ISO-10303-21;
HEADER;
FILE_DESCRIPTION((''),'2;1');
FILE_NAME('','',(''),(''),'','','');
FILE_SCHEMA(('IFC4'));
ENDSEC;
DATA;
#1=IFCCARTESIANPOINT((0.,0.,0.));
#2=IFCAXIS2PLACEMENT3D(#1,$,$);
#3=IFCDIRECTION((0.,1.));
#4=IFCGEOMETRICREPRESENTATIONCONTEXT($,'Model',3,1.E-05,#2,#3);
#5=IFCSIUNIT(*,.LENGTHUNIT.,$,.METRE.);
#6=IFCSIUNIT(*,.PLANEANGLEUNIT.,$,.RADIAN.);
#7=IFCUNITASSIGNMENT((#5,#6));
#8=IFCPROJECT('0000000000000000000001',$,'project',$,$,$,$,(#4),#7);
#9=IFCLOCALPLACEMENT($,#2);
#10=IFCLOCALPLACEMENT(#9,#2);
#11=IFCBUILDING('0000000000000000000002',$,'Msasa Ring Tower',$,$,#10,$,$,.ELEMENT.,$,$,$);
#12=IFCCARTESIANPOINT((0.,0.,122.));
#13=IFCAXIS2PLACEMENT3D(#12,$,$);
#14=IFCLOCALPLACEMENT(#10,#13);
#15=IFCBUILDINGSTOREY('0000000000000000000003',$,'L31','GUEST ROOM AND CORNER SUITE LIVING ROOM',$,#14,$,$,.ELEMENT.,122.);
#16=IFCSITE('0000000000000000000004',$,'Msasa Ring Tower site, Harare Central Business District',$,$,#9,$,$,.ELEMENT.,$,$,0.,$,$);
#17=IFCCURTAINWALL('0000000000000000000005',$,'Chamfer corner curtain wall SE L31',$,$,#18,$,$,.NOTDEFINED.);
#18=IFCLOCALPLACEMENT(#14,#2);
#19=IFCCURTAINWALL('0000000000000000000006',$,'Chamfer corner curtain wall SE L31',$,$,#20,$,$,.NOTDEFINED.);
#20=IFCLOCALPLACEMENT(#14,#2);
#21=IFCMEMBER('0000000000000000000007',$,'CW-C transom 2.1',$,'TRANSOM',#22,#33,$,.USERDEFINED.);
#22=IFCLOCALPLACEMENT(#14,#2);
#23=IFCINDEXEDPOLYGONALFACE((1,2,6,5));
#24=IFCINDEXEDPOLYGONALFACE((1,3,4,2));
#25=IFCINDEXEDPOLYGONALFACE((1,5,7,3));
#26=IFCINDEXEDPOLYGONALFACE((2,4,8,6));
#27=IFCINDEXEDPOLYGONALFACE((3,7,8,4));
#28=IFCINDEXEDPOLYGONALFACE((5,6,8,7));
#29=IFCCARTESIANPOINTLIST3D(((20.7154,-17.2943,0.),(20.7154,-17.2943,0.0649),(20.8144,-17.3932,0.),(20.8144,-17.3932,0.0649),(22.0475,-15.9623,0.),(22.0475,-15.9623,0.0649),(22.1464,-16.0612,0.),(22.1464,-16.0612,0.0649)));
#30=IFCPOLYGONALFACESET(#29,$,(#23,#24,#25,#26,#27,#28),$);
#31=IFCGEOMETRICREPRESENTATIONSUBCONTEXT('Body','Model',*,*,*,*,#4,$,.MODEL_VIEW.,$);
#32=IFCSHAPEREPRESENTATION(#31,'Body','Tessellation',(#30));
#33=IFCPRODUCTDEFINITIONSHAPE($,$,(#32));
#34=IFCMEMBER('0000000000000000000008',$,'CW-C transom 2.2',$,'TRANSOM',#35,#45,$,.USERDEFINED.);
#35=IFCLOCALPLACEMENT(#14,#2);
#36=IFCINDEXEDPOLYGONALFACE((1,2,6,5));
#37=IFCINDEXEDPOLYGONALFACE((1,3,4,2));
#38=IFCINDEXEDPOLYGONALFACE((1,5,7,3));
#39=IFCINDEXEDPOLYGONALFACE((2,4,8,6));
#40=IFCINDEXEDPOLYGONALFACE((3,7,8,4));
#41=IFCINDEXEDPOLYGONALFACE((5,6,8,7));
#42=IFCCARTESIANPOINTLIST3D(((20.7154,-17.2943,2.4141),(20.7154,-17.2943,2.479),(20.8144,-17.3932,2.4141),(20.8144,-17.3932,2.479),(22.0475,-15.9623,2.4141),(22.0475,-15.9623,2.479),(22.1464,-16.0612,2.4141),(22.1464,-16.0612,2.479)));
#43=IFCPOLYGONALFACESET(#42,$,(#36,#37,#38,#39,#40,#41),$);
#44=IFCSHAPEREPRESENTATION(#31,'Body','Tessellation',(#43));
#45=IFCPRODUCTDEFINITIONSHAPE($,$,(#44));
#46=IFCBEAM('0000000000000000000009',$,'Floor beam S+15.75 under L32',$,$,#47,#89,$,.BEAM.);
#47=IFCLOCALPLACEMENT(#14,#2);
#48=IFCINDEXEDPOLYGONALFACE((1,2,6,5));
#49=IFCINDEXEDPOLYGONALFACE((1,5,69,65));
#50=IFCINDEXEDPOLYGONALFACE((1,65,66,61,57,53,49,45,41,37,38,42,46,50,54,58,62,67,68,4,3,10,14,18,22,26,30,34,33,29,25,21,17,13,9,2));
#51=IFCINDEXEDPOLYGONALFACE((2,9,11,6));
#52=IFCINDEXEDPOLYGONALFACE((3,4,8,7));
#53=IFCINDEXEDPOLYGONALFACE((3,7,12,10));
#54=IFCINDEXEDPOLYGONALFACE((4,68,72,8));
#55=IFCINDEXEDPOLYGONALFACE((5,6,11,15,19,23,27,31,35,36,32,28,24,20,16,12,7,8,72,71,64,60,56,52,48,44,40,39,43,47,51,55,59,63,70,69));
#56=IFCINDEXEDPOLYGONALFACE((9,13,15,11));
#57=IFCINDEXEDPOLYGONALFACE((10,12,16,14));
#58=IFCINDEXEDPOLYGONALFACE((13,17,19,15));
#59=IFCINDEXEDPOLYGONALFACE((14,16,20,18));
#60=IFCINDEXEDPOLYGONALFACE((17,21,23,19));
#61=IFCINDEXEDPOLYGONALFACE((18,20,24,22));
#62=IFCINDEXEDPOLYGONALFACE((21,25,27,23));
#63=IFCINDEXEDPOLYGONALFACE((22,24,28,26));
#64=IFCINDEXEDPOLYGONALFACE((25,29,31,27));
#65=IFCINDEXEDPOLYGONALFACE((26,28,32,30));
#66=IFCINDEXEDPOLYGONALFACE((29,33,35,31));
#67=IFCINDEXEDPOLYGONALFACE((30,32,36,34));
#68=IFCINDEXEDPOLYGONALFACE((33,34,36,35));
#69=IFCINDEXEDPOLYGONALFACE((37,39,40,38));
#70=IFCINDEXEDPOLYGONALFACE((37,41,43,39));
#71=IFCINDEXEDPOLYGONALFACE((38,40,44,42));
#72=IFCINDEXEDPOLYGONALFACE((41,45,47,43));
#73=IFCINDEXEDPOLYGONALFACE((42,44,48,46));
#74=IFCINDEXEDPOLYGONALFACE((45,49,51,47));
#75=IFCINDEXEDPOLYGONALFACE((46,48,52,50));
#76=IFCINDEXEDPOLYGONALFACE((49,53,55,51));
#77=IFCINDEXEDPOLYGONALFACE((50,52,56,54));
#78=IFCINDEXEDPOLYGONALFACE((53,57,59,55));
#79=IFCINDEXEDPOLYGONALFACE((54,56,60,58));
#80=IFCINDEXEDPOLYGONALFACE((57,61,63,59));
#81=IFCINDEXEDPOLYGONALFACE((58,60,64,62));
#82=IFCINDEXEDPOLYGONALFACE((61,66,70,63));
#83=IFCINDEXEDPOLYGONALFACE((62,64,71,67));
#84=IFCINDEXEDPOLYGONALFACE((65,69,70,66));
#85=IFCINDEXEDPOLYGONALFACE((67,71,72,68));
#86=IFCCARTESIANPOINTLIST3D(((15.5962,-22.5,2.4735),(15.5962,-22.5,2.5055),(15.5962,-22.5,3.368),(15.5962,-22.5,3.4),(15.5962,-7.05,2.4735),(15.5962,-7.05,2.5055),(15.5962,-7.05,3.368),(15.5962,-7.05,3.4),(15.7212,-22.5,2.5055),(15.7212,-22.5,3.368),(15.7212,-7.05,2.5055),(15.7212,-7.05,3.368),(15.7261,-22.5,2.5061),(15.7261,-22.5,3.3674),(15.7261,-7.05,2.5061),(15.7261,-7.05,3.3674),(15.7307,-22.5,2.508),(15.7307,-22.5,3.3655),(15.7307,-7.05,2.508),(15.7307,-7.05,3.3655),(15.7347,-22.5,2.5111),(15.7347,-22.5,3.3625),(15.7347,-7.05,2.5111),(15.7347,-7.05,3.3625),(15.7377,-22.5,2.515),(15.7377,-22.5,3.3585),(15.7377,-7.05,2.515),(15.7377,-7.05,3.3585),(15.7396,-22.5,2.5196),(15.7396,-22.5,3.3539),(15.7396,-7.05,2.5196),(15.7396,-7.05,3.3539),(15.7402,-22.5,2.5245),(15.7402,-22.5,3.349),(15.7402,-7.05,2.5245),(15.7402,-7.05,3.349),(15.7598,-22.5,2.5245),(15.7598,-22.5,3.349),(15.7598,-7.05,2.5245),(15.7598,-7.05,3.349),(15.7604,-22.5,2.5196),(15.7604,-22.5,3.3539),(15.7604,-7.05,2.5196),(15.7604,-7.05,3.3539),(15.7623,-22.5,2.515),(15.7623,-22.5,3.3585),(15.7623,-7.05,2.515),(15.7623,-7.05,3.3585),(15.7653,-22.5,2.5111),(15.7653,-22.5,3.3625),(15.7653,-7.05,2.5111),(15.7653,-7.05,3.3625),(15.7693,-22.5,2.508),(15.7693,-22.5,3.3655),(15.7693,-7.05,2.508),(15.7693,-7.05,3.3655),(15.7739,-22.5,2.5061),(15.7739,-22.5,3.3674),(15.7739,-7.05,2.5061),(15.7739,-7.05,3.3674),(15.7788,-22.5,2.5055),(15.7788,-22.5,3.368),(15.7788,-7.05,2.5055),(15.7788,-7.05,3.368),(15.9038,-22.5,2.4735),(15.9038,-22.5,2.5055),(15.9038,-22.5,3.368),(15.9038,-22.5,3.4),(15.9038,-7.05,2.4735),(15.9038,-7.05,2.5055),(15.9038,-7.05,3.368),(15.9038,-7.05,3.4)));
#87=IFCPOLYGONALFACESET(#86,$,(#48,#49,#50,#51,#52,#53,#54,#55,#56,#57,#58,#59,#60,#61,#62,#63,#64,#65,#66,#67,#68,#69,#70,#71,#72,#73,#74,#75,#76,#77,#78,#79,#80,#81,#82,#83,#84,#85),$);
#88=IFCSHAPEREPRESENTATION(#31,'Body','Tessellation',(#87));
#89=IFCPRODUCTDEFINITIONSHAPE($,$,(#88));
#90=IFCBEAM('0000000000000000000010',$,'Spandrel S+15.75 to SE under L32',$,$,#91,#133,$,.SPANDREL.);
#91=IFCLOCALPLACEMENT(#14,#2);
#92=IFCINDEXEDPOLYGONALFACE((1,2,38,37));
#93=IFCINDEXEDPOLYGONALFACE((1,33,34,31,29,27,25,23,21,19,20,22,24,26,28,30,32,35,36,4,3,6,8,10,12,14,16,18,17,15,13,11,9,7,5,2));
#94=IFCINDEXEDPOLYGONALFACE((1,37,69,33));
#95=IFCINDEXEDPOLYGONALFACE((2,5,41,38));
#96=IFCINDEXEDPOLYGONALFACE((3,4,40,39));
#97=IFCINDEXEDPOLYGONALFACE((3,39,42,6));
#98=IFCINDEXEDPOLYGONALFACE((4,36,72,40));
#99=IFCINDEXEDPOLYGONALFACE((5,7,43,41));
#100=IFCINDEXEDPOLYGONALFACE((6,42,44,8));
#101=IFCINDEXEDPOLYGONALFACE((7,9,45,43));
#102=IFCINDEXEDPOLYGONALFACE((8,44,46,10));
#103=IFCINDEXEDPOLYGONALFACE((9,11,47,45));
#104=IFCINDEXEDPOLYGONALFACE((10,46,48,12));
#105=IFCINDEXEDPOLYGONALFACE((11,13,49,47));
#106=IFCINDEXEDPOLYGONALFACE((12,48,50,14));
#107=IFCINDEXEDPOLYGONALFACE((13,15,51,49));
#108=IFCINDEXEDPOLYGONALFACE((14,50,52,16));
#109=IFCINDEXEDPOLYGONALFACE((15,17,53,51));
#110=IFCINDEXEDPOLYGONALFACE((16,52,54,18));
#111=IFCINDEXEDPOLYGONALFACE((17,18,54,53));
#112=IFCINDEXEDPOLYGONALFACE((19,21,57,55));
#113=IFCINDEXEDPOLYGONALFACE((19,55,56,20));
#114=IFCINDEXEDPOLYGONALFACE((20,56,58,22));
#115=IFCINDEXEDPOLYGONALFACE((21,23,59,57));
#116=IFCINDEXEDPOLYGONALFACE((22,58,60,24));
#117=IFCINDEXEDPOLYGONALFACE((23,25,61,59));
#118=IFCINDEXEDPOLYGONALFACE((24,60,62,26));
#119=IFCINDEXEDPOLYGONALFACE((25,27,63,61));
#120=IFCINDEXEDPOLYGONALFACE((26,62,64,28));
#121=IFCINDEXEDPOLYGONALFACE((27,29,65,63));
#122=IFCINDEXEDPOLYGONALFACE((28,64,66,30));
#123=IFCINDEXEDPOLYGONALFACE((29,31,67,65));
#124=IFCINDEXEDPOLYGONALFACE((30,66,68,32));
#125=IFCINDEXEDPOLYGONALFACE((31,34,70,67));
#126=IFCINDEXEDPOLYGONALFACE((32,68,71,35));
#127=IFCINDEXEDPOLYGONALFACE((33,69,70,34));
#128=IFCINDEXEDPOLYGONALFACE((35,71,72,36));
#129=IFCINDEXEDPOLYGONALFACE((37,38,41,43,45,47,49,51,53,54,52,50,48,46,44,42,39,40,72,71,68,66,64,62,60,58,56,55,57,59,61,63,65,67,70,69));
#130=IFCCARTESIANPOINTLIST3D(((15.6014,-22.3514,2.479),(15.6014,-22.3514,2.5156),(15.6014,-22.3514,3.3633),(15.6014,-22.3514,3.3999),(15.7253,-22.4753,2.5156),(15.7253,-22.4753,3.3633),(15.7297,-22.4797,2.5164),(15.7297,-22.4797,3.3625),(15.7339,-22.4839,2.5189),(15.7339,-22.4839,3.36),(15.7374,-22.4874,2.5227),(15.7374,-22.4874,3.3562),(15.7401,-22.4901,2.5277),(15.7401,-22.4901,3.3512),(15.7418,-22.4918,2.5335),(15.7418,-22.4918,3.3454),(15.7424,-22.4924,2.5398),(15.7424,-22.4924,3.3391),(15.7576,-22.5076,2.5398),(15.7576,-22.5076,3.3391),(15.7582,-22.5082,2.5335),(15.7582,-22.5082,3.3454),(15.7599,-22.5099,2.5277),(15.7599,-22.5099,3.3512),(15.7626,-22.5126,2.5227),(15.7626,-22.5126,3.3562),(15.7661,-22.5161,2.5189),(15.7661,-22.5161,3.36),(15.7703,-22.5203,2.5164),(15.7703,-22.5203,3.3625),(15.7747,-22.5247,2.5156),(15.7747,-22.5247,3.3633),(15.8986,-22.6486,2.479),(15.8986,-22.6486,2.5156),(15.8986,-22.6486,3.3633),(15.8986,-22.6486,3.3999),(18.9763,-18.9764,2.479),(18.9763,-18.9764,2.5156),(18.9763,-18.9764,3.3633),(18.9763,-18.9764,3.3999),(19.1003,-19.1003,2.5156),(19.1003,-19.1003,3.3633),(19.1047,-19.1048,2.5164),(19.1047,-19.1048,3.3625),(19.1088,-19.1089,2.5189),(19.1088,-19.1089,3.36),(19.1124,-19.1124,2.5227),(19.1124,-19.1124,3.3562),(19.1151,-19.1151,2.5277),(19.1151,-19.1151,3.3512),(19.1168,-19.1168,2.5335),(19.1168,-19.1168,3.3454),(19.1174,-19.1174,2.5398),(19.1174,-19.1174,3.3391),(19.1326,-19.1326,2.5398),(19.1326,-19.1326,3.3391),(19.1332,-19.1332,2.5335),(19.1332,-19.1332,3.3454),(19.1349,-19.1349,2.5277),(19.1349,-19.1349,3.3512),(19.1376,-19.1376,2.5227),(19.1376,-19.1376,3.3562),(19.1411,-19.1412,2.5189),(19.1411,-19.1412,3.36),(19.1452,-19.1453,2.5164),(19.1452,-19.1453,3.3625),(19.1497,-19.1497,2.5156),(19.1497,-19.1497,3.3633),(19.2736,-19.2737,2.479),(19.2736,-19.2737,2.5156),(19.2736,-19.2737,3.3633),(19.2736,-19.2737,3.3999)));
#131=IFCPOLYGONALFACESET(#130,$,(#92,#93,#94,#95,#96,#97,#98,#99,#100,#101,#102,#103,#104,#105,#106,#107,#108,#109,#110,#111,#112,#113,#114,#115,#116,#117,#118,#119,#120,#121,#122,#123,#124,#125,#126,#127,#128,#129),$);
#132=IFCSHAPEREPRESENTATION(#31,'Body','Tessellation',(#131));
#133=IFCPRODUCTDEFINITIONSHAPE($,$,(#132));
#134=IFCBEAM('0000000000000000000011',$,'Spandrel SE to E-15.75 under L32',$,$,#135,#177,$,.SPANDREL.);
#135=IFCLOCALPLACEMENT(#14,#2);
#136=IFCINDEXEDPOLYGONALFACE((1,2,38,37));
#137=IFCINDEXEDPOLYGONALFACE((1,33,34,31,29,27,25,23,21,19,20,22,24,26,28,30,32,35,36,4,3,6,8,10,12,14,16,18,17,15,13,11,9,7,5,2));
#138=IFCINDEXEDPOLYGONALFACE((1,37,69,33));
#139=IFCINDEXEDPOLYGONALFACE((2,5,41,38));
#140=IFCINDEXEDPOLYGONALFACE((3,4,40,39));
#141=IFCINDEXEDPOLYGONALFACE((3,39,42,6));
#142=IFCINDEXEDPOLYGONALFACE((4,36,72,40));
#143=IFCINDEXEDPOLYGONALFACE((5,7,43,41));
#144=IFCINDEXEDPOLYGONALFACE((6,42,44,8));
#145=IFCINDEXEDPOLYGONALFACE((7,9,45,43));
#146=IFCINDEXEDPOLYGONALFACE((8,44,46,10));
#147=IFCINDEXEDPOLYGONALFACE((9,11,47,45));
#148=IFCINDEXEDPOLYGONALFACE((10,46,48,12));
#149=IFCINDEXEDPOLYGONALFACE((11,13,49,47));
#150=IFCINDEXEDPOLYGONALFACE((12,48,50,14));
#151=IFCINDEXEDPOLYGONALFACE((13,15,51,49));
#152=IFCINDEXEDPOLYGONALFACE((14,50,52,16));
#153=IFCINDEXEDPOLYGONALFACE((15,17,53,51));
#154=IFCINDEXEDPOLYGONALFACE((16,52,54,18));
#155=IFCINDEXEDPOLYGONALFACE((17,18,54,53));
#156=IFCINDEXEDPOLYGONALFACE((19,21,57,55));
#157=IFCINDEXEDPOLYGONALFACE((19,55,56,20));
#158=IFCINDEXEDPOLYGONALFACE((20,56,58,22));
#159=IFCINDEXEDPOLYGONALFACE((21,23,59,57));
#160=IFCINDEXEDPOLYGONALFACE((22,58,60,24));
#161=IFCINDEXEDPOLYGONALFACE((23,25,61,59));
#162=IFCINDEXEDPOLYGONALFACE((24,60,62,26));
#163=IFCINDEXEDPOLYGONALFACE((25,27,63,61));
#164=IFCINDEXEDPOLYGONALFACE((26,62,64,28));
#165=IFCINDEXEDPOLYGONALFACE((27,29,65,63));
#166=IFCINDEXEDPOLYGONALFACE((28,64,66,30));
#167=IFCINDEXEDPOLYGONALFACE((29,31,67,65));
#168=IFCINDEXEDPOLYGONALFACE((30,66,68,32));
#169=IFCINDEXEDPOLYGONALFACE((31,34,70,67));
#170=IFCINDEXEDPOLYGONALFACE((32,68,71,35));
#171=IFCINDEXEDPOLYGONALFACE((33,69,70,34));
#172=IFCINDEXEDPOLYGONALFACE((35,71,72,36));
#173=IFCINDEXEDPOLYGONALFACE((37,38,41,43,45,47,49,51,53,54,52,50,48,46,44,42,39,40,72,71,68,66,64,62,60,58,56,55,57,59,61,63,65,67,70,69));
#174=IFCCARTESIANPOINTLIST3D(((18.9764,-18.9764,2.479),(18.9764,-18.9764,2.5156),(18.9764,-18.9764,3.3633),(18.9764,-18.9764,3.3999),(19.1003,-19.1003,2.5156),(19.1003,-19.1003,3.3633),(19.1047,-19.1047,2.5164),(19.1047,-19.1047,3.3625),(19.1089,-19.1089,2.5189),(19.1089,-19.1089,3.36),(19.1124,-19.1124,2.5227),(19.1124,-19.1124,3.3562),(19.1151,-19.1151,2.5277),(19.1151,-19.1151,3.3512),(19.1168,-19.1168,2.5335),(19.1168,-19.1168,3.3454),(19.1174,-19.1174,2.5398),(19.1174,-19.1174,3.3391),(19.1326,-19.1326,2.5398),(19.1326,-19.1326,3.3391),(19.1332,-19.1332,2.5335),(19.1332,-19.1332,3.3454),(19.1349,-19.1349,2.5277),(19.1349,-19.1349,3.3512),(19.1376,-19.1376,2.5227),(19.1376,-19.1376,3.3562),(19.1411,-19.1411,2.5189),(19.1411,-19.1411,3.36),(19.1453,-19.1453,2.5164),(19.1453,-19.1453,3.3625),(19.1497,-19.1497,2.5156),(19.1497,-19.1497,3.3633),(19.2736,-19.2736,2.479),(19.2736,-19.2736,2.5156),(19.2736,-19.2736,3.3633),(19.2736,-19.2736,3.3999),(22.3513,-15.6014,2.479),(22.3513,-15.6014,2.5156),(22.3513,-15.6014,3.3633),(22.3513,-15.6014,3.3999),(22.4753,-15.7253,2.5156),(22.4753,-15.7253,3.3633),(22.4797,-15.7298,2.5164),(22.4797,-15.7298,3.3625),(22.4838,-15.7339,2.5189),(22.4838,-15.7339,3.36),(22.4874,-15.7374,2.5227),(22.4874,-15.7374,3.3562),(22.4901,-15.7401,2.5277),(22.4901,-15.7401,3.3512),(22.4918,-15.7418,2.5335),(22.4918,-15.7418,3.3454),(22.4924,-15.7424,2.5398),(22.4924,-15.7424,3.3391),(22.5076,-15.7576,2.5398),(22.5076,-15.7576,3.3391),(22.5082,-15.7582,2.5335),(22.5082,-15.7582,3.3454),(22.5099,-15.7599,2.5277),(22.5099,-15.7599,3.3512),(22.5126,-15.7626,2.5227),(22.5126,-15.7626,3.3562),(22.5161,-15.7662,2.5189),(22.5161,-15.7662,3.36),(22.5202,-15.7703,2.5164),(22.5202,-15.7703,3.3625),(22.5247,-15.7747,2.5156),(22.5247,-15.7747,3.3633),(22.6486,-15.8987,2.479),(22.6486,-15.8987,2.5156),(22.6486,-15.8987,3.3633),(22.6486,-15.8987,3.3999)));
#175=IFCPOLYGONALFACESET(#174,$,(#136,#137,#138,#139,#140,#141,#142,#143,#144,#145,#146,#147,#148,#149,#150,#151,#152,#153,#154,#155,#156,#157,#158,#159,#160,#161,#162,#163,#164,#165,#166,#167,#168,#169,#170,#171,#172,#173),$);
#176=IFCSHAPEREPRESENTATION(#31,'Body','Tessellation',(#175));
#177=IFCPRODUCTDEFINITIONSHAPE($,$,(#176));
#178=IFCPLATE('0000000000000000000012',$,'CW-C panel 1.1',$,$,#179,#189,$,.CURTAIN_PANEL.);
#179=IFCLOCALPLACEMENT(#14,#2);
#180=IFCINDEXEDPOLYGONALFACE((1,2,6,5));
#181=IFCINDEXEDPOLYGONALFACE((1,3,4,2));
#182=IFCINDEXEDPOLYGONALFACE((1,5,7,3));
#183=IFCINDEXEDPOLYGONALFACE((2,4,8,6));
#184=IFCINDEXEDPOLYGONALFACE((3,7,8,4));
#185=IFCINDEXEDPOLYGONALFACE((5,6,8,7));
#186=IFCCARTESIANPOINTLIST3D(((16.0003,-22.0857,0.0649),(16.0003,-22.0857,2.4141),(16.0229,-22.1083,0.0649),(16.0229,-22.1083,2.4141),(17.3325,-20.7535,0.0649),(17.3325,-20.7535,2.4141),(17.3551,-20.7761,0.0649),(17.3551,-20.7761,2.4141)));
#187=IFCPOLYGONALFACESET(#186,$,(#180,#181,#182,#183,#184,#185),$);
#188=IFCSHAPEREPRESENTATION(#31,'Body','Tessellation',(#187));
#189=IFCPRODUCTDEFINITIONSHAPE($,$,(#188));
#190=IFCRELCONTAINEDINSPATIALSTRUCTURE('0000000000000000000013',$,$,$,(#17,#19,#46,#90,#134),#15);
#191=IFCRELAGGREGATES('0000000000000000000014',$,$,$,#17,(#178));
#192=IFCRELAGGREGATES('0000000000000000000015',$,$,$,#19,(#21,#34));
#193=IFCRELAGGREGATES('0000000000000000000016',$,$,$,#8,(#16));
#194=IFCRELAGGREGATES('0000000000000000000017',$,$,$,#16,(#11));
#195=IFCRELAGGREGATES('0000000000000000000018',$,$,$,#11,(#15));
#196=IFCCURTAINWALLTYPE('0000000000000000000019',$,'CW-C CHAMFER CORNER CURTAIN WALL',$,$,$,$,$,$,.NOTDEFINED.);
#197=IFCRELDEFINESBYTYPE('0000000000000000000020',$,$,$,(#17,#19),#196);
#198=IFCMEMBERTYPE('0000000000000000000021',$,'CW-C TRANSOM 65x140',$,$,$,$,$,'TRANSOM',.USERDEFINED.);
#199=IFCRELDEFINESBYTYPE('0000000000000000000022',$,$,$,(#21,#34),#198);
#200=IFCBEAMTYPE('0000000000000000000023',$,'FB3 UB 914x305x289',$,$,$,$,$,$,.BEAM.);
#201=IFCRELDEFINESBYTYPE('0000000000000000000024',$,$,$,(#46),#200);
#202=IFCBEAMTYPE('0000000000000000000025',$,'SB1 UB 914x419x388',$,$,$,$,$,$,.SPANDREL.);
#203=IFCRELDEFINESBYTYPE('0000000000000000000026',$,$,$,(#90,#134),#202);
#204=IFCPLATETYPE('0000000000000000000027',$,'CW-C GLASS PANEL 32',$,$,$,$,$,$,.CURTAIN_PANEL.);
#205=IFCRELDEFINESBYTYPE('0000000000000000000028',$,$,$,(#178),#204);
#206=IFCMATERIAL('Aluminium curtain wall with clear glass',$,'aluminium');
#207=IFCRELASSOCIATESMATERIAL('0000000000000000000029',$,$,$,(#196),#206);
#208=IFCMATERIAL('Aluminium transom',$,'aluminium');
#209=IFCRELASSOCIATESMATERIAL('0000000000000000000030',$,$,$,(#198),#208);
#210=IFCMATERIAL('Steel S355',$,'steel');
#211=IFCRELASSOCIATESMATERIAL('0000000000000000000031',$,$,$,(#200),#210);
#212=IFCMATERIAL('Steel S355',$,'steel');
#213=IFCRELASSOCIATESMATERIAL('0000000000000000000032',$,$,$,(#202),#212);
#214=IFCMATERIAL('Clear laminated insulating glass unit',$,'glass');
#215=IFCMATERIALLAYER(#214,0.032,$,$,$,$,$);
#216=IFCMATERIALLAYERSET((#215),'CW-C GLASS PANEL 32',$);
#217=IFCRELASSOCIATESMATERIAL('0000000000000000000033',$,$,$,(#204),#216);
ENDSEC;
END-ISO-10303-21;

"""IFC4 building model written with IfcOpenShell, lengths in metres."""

from ifc_helpers import new_model, si_unit, direction, frame, origin, origin_2d, place, context, subcontext, project, spatial, rectangle, i_section, extrude, material, layer, layer_set, material_profile, profile_set, type_object, element, aggregate, save


model = new_model("IFC4")

# Units and contexts
model_context = context("Model", 3, precision=1e-05, world=origin(), true_north=direction((0.0, 1.0)))
body_context = subcontext(model_context, "Body", "Model", "MODEL_VIEW")
ifc_project = project(units=[si_unit("LENGTHUNIT", "METRE"), si_unit("PLANEANGLEUNIT", "RADIAN")], contexts=[model_context])

# Site, building, storey
site_placement = place(None, origin())
site = spatial("IfcSite", under=ifc_project, at=site_placement, Name="Msasa Ring Tower site, Harare Central Business District", CompositionType="ELEMENT", RefElevation=0.0)
building_placement = place(site_placement, origin())
building = spatial("IfcBuilding", under=site, at=building_placement, Name="Msasa Ring Tower", CompositionType="ELEMENT")
storey_placement = place(building_placement, frame((0.0, 0.0, 122.0)))
storey = spatial("IfcBuildingStorey", under=building, at=storey_placement, Name="L31", Description="GUEST ROOM AND CORNER SUITE LIVING ROOM", CompositionType="ELEMENT", Elevation=122.0)

# Curtain walls
ifc_material_1 = material(Name="Aluminium curtain wall with clear glass", Category="aluminium")
curtain_wall_type = type_object("IfcCurtainWallType", Name="CW-C CHAMFER CORNER CURTAIN WALL", PredefinedType="NOTDEFINED", material=ifc_material_1)
curtain_wall_1_placement = place(storey_placement, origin())
curtain_wall_1 = element("IfcCurtainWall", 1, at=curtain_wall_1_placement, inside=storey, type_object=curtain_wall_type, Name="Chamfer corner curtain wall SE L31", PredefinedType="NOTDEFINED")
curtain_wall_2_placement = place(storey_placement, origin())
curtain_wall_2 = element("IfcCurtainWall", 2, at=curtain_wall_2_placement, inside=storey, type_object=curtain_wall_type, Name="Chamfer corner curtain wall SE L31", PredefinedType="NOTDEFINED")

# Members
ifc_material_2 = material(Name="Aluminium transom", Category="aluminium")
ifc_material_profile_1 = material_profile(ifc_material_2, rectangle(XDim=0.1399, YDim=0.0649, at=origin_2d()), Name="AL 65x140")
ifc_profile_set_1 = profile_set([ifc_material_profile_1], Name="Aluminium transom")
member_type_1 = type_object("IfcMemberType", Name="CW-C TRANSOM 65x140", ElementType="TRANSOM", PredefinedType="USERDEFINED", material=ifc_profile_set_1)
member_1_placement = place(storey_placement, frame((20.7649, -17.3438, 0.0325), z_axis=(0.707107, 0.707107, 0.0), x_axis=(-0.707107, 0.707107, 0.0)))
member_1 = element("IfcMember", 3, at=member_1_placement, type_object=member_type_1, Name="CW-C transom 2.1", ObjectType="TRANSOM", PredefinedType="USERDEFINED", context=body_context, shape_type="SweptSolid", body=[
    extrude(rectangle(XDim=0.1399, YDim=0.0649, at=origin_2d()), origin(), (0.0, 0.0, 1.0), 1.8838),
])
member_2_placement = place(storey_placement, frame((20.7649, -17.3438, 2.4465), z_axis=(0.707107, 0.707107, 0.0), x_axis=(-0.707107, 0.707107, 0.0)))
member_2 = element("IfcMember", 4, at=member_2_placement, type_object=member_type_1, Name="CW-C transom 2.2", ObjectType="TRANSOM", PredefinedType="USERDEFINED", context=body_context, shape_type="SweptSolid", body=[
    extrude(rectangle(XDim=0.1399, YDim=0.0649, at=origin_2d()), origin(), (0.0, 0.0, 1.0), 1.8838),
])

# Beams
ifc_material_3 = material(Name="Steel S355", Category="steel")
ifc_material_profile_2 = material_profile(ifc_material_3, i_section(OverallWidth=0.3076, OverallDepth=0.9265, WebThickness=0.0195, FlangeThickness=0.032, FilletRadius=0.019, at=origin_2d()), Name="UB 914x305x289")
ifc_profile_set_2 = profile_set([ifc_material_profile_2], Name="Steel S355")
beam_type_1 = type_object("IfcBeamType", Name="FB3 UB 914x305x289", PredefinedType="BEAM", material=ifc_profile_set_2)
beam_placement = place(storey_placement, frame((15.75, -22.5, 2.9368), z_axis=(0.0, 1.0, 0.0), x_axis=(-1.0, 0.0, 0.0)))
element("IfcBeam", 5, at=beam_placement, inside=storey, type_object=beam_type_1, Name="Floor beam S+15.75 under L32", PredefinedType="BEAM", context=body_context, shape_type="SweptSolid", body=[
    extrude(i_section(OverallWidth=0.3076, OverallDepth=0.9265, WebThickness=0.0195, FlangeThickness=0.032, FilletRadius=0.019, at=origin_2d()), origin(), (0.0, 0.0, 1.0), 15.45),
])
ifc_material_4 = material(Name="Steel S355", Category="steel")
ifc_material_profile_3 = material_profile(ifc_material_4, i_section(OverallWidth=0.4204, OverallDepth=0.9209, WebThickness=0.0215, FlangeThickness=0.0366, FilletRadius=0.0242, at=origin_2d()), Name="UB 914x419x388")
ifc_profile_set_3 = profile_set([ifc_material_profile_3], Name="Steel S355")
beam_type_2 = type_object("IfcBeamType", Name="SB1 UB 914x419x388", PredefinedType="SPANDREL", material=ifc_profile_set_3)
for number, where, z_axis, x_axis, name in (
    (6, (15.75, -22.5, 2.9395), (0.707107, 0.707107, 0.0), (-0.707107, 0.707107, 0.0), "Spandrel S+15.75 to SE under L32"),
    (7, (19.125, -19.125, 2.9395), (0.707107, 0.707107, 0.0), (-0.707107, 0.707107, 0.0), "Spandrel SE to E-15.75 under L32"),
):
    element("IfcBeam", number, at=place(storey_placement, frame(where, z_axis=z_axis, x_axis=x_axis)), inside=storey, type_object=beam_type_2, Name=name, PredefinedType="SPANDREL", context=body_context, shape_type="SweptSolid", body=[
        extrude(i_section(OverallWidth=0.4204, OverallDepth=0.9209, WebThickness=0.0215, FlangeThickness=0.0366, FilletRadius=0.0242, at=origin_2d()), origin(), (0.0, 0.0, 1.0), 4.7729),
    ])

# Plate
ifc_material_5 = material(Name="Clear laminated insulating glass unit", Category="glass")
ifc_layer_1 = layer(ifc_material_5, 0.032)
ifc_layer_set_1 = layer_set([ifc_layer_1], Name="CW-C GLASS PANEL 32")
plate_type = type_object("IfcPlateType", Name="CW-C GLASS PANEL 32", PredefinedType="CURTAIN_PANEL", material=ifc_layer_set_1)
plate_1_placement = place(storey_placement, frame((16.6777, -21.4309, 0.0649), z_axis=(0.0, 0.0, 1.0), x_axis=(0.707107, 0.707107, 0.0)))
plate_1 = element("IfcPlate", 8, at=plate_1_placement, type_object=plate_type, Name="CW-C panel 1.1", PredefinedType="CURTAIN_PANEL", context=body_context, shape_type="SweptSolid", body=[
    extrude(rectangle(XDim=1.884, YDim=0.032, at=origin_2d()), origin(), (0.0, 0.0, 1.0), 2.3491),
])
aggregate(curtain_wall_1, [plate_1])
aggregate(curtain_wall_2, [member_1, member_2])

save(model, "model.ifc")
